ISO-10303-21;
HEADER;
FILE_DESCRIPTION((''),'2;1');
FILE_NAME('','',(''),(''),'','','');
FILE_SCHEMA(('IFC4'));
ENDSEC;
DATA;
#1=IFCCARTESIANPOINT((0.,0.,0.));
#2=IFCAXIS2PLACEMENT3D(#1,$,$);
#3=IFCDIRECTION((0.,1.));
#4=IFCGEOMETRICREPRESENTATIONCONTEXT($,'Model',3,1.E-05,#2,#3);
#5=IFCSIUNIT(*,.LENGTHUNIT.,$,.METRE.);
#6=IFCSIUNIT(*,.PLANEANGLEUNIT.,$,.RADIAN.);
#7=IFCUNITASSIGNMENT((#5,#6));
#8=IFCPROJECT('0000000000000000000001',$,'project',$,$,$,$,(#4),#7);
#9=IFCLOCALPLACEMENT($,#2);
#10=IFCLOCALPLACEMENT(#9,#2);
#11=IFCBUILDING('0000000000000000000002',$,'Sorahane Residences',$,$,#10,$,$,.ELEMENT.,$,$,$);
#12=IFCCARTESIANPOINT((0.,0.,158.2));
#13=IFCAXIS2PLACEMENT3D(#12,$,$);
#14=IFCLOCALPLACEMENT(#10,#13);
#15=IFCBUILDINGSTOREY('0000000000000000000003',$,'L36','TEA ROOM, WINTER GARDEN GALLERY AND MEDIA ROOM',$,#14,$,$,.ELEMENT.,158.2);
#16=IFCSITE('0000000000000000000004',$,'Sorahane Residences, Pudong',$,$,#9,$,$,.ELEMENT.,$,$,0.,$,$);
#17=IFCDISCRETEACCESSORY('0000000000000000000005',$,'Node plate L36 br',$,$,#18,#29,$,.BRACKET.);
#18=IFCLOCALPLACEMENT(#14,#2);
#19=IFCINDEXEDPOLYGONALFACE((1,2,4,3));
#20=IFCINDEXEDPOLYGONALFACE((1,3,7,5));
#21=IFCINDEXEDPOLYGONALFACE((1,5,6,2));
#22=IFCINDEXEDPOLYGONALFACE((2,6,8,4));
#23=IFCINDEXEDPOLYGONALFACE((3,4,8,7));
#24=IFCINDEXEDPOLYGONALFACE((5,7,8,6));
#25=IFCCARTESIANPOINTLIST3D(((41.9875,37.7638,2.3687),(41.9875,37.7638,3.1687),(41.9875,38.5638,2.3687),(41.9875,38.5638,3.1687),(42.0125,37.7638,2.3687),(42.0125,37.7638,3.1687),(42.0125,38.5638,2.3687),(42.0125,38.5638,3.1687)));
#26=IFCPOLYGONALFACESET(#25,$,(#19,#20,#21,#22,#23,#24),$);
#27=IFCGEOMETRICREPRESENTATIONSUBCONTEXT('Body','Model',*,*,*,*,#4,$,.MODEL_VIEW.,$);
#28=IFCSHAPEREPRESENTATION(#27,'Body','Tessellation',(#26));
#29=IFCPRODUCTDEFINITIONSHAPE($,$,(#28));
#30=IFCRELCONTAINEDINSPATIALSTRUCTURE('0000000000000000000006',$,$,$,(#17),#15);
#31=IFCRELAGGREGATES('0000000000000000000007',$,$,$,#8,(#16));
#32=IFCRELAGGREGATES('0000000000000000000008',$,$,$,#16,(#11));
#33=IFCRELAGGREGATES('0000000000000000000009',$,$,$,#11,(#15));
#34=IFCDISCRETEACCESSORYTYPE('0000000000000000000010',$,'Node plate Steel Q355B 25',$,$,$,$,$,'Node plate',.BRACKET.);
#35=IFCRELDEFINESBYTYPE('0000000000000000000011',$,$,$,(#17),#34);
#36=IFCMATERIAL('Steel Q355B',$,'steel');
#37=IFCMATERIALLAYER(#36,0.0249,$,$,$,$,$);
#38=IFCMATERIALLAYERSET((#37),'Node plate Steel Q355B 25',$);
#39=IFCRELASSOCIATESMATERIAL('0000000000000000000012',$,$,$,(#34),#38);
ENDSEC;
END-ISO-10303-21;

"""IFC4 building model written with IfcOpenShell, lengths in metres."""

from ifc_helpers import new_model, si_unit, direction, frame, origin, origin_2d, place, context, subcontext, project, spatial, rectangle, extrude, material, layer, layer_set, type_object, element, save


model = new_model("IFC4")

# Units and contexts
model_context = context("Model", 3, precision=1e-05, world=origin(), true_north=direction((0.0, 1.0)))
body_context = subcontext(model_context, "Body", "Model", "MODEL_VIEW")
ifc_project = project(units=[si_unit("LENGTHUNIT", "METRE"), si_unit("PLANEANGLEUNIT", "RADIAN")], contexts=[model_context])

# Site, building, storey
site_placement = place(None, origin())
site = spatial("IfcSite", under=ifc_project, at=site_placement, Name="Sorahane Residences, Pudong", CompositionType="ELEMENT", RefElevation=0.0)
building_placement = place(site_placement, origin())
building = spatial("IfcBuilding", under=site, at=building_placement, Name="Sorahane Residences", CompositionType="ELEMENT")
storey_placement = place(building_placement, frame((0.0, 0.0, 158.2)))
storey = spatial("IfcBuildingStorey", under=building, at=storey_placement, Name="L36", Description="TEA ROOM, WINTER GARDEN GALLERY AND MEDIA ROOM", CompositionType="ELEMENT", Elevation=158.2)

# Discrete accessory
ifc_material_1 = material(Name="Steel Q355B", Category="steel")
ifc_layer_1 = layer(ifc_material_1, 0.0249)
ifc_layer_set_1 = layer_set([ifc_layer_1], Name="Node plate Steel Q355B 25")
discrete_accessory_type = type_object("IfcDiscreteAccessoryType", Name="Node plate Steel Q355B 25", ElementType="Node plate", PredefinedType="BRACKET", material=ifc_layer_set_1)
for number, where, z_axis, x_axis, name in (
    (1, (42.0, 38.1638, 2.3687), (0.0, 0.0, 1.0), (0.0, 1.0, 0.0), "Node plate L36 br"),
):
    element("IfcDiscreteAccessory", number, at=place(storey_placement, frame(where, z_axis=z_axis, x_axis=x_axis)), inside=storey, type_object=discrete_accessory_type, Name=name, PredefinedType="BRACKET", context=body_context, shape_type="SweptSolid", body=[
        extrude(rectangle(XDim=0.8, YDim=0.0249, at=origin_2d()), origin(), (0.0, 0.0, 1.0), 0.8),
    ])

save(model, "model.ifc")
